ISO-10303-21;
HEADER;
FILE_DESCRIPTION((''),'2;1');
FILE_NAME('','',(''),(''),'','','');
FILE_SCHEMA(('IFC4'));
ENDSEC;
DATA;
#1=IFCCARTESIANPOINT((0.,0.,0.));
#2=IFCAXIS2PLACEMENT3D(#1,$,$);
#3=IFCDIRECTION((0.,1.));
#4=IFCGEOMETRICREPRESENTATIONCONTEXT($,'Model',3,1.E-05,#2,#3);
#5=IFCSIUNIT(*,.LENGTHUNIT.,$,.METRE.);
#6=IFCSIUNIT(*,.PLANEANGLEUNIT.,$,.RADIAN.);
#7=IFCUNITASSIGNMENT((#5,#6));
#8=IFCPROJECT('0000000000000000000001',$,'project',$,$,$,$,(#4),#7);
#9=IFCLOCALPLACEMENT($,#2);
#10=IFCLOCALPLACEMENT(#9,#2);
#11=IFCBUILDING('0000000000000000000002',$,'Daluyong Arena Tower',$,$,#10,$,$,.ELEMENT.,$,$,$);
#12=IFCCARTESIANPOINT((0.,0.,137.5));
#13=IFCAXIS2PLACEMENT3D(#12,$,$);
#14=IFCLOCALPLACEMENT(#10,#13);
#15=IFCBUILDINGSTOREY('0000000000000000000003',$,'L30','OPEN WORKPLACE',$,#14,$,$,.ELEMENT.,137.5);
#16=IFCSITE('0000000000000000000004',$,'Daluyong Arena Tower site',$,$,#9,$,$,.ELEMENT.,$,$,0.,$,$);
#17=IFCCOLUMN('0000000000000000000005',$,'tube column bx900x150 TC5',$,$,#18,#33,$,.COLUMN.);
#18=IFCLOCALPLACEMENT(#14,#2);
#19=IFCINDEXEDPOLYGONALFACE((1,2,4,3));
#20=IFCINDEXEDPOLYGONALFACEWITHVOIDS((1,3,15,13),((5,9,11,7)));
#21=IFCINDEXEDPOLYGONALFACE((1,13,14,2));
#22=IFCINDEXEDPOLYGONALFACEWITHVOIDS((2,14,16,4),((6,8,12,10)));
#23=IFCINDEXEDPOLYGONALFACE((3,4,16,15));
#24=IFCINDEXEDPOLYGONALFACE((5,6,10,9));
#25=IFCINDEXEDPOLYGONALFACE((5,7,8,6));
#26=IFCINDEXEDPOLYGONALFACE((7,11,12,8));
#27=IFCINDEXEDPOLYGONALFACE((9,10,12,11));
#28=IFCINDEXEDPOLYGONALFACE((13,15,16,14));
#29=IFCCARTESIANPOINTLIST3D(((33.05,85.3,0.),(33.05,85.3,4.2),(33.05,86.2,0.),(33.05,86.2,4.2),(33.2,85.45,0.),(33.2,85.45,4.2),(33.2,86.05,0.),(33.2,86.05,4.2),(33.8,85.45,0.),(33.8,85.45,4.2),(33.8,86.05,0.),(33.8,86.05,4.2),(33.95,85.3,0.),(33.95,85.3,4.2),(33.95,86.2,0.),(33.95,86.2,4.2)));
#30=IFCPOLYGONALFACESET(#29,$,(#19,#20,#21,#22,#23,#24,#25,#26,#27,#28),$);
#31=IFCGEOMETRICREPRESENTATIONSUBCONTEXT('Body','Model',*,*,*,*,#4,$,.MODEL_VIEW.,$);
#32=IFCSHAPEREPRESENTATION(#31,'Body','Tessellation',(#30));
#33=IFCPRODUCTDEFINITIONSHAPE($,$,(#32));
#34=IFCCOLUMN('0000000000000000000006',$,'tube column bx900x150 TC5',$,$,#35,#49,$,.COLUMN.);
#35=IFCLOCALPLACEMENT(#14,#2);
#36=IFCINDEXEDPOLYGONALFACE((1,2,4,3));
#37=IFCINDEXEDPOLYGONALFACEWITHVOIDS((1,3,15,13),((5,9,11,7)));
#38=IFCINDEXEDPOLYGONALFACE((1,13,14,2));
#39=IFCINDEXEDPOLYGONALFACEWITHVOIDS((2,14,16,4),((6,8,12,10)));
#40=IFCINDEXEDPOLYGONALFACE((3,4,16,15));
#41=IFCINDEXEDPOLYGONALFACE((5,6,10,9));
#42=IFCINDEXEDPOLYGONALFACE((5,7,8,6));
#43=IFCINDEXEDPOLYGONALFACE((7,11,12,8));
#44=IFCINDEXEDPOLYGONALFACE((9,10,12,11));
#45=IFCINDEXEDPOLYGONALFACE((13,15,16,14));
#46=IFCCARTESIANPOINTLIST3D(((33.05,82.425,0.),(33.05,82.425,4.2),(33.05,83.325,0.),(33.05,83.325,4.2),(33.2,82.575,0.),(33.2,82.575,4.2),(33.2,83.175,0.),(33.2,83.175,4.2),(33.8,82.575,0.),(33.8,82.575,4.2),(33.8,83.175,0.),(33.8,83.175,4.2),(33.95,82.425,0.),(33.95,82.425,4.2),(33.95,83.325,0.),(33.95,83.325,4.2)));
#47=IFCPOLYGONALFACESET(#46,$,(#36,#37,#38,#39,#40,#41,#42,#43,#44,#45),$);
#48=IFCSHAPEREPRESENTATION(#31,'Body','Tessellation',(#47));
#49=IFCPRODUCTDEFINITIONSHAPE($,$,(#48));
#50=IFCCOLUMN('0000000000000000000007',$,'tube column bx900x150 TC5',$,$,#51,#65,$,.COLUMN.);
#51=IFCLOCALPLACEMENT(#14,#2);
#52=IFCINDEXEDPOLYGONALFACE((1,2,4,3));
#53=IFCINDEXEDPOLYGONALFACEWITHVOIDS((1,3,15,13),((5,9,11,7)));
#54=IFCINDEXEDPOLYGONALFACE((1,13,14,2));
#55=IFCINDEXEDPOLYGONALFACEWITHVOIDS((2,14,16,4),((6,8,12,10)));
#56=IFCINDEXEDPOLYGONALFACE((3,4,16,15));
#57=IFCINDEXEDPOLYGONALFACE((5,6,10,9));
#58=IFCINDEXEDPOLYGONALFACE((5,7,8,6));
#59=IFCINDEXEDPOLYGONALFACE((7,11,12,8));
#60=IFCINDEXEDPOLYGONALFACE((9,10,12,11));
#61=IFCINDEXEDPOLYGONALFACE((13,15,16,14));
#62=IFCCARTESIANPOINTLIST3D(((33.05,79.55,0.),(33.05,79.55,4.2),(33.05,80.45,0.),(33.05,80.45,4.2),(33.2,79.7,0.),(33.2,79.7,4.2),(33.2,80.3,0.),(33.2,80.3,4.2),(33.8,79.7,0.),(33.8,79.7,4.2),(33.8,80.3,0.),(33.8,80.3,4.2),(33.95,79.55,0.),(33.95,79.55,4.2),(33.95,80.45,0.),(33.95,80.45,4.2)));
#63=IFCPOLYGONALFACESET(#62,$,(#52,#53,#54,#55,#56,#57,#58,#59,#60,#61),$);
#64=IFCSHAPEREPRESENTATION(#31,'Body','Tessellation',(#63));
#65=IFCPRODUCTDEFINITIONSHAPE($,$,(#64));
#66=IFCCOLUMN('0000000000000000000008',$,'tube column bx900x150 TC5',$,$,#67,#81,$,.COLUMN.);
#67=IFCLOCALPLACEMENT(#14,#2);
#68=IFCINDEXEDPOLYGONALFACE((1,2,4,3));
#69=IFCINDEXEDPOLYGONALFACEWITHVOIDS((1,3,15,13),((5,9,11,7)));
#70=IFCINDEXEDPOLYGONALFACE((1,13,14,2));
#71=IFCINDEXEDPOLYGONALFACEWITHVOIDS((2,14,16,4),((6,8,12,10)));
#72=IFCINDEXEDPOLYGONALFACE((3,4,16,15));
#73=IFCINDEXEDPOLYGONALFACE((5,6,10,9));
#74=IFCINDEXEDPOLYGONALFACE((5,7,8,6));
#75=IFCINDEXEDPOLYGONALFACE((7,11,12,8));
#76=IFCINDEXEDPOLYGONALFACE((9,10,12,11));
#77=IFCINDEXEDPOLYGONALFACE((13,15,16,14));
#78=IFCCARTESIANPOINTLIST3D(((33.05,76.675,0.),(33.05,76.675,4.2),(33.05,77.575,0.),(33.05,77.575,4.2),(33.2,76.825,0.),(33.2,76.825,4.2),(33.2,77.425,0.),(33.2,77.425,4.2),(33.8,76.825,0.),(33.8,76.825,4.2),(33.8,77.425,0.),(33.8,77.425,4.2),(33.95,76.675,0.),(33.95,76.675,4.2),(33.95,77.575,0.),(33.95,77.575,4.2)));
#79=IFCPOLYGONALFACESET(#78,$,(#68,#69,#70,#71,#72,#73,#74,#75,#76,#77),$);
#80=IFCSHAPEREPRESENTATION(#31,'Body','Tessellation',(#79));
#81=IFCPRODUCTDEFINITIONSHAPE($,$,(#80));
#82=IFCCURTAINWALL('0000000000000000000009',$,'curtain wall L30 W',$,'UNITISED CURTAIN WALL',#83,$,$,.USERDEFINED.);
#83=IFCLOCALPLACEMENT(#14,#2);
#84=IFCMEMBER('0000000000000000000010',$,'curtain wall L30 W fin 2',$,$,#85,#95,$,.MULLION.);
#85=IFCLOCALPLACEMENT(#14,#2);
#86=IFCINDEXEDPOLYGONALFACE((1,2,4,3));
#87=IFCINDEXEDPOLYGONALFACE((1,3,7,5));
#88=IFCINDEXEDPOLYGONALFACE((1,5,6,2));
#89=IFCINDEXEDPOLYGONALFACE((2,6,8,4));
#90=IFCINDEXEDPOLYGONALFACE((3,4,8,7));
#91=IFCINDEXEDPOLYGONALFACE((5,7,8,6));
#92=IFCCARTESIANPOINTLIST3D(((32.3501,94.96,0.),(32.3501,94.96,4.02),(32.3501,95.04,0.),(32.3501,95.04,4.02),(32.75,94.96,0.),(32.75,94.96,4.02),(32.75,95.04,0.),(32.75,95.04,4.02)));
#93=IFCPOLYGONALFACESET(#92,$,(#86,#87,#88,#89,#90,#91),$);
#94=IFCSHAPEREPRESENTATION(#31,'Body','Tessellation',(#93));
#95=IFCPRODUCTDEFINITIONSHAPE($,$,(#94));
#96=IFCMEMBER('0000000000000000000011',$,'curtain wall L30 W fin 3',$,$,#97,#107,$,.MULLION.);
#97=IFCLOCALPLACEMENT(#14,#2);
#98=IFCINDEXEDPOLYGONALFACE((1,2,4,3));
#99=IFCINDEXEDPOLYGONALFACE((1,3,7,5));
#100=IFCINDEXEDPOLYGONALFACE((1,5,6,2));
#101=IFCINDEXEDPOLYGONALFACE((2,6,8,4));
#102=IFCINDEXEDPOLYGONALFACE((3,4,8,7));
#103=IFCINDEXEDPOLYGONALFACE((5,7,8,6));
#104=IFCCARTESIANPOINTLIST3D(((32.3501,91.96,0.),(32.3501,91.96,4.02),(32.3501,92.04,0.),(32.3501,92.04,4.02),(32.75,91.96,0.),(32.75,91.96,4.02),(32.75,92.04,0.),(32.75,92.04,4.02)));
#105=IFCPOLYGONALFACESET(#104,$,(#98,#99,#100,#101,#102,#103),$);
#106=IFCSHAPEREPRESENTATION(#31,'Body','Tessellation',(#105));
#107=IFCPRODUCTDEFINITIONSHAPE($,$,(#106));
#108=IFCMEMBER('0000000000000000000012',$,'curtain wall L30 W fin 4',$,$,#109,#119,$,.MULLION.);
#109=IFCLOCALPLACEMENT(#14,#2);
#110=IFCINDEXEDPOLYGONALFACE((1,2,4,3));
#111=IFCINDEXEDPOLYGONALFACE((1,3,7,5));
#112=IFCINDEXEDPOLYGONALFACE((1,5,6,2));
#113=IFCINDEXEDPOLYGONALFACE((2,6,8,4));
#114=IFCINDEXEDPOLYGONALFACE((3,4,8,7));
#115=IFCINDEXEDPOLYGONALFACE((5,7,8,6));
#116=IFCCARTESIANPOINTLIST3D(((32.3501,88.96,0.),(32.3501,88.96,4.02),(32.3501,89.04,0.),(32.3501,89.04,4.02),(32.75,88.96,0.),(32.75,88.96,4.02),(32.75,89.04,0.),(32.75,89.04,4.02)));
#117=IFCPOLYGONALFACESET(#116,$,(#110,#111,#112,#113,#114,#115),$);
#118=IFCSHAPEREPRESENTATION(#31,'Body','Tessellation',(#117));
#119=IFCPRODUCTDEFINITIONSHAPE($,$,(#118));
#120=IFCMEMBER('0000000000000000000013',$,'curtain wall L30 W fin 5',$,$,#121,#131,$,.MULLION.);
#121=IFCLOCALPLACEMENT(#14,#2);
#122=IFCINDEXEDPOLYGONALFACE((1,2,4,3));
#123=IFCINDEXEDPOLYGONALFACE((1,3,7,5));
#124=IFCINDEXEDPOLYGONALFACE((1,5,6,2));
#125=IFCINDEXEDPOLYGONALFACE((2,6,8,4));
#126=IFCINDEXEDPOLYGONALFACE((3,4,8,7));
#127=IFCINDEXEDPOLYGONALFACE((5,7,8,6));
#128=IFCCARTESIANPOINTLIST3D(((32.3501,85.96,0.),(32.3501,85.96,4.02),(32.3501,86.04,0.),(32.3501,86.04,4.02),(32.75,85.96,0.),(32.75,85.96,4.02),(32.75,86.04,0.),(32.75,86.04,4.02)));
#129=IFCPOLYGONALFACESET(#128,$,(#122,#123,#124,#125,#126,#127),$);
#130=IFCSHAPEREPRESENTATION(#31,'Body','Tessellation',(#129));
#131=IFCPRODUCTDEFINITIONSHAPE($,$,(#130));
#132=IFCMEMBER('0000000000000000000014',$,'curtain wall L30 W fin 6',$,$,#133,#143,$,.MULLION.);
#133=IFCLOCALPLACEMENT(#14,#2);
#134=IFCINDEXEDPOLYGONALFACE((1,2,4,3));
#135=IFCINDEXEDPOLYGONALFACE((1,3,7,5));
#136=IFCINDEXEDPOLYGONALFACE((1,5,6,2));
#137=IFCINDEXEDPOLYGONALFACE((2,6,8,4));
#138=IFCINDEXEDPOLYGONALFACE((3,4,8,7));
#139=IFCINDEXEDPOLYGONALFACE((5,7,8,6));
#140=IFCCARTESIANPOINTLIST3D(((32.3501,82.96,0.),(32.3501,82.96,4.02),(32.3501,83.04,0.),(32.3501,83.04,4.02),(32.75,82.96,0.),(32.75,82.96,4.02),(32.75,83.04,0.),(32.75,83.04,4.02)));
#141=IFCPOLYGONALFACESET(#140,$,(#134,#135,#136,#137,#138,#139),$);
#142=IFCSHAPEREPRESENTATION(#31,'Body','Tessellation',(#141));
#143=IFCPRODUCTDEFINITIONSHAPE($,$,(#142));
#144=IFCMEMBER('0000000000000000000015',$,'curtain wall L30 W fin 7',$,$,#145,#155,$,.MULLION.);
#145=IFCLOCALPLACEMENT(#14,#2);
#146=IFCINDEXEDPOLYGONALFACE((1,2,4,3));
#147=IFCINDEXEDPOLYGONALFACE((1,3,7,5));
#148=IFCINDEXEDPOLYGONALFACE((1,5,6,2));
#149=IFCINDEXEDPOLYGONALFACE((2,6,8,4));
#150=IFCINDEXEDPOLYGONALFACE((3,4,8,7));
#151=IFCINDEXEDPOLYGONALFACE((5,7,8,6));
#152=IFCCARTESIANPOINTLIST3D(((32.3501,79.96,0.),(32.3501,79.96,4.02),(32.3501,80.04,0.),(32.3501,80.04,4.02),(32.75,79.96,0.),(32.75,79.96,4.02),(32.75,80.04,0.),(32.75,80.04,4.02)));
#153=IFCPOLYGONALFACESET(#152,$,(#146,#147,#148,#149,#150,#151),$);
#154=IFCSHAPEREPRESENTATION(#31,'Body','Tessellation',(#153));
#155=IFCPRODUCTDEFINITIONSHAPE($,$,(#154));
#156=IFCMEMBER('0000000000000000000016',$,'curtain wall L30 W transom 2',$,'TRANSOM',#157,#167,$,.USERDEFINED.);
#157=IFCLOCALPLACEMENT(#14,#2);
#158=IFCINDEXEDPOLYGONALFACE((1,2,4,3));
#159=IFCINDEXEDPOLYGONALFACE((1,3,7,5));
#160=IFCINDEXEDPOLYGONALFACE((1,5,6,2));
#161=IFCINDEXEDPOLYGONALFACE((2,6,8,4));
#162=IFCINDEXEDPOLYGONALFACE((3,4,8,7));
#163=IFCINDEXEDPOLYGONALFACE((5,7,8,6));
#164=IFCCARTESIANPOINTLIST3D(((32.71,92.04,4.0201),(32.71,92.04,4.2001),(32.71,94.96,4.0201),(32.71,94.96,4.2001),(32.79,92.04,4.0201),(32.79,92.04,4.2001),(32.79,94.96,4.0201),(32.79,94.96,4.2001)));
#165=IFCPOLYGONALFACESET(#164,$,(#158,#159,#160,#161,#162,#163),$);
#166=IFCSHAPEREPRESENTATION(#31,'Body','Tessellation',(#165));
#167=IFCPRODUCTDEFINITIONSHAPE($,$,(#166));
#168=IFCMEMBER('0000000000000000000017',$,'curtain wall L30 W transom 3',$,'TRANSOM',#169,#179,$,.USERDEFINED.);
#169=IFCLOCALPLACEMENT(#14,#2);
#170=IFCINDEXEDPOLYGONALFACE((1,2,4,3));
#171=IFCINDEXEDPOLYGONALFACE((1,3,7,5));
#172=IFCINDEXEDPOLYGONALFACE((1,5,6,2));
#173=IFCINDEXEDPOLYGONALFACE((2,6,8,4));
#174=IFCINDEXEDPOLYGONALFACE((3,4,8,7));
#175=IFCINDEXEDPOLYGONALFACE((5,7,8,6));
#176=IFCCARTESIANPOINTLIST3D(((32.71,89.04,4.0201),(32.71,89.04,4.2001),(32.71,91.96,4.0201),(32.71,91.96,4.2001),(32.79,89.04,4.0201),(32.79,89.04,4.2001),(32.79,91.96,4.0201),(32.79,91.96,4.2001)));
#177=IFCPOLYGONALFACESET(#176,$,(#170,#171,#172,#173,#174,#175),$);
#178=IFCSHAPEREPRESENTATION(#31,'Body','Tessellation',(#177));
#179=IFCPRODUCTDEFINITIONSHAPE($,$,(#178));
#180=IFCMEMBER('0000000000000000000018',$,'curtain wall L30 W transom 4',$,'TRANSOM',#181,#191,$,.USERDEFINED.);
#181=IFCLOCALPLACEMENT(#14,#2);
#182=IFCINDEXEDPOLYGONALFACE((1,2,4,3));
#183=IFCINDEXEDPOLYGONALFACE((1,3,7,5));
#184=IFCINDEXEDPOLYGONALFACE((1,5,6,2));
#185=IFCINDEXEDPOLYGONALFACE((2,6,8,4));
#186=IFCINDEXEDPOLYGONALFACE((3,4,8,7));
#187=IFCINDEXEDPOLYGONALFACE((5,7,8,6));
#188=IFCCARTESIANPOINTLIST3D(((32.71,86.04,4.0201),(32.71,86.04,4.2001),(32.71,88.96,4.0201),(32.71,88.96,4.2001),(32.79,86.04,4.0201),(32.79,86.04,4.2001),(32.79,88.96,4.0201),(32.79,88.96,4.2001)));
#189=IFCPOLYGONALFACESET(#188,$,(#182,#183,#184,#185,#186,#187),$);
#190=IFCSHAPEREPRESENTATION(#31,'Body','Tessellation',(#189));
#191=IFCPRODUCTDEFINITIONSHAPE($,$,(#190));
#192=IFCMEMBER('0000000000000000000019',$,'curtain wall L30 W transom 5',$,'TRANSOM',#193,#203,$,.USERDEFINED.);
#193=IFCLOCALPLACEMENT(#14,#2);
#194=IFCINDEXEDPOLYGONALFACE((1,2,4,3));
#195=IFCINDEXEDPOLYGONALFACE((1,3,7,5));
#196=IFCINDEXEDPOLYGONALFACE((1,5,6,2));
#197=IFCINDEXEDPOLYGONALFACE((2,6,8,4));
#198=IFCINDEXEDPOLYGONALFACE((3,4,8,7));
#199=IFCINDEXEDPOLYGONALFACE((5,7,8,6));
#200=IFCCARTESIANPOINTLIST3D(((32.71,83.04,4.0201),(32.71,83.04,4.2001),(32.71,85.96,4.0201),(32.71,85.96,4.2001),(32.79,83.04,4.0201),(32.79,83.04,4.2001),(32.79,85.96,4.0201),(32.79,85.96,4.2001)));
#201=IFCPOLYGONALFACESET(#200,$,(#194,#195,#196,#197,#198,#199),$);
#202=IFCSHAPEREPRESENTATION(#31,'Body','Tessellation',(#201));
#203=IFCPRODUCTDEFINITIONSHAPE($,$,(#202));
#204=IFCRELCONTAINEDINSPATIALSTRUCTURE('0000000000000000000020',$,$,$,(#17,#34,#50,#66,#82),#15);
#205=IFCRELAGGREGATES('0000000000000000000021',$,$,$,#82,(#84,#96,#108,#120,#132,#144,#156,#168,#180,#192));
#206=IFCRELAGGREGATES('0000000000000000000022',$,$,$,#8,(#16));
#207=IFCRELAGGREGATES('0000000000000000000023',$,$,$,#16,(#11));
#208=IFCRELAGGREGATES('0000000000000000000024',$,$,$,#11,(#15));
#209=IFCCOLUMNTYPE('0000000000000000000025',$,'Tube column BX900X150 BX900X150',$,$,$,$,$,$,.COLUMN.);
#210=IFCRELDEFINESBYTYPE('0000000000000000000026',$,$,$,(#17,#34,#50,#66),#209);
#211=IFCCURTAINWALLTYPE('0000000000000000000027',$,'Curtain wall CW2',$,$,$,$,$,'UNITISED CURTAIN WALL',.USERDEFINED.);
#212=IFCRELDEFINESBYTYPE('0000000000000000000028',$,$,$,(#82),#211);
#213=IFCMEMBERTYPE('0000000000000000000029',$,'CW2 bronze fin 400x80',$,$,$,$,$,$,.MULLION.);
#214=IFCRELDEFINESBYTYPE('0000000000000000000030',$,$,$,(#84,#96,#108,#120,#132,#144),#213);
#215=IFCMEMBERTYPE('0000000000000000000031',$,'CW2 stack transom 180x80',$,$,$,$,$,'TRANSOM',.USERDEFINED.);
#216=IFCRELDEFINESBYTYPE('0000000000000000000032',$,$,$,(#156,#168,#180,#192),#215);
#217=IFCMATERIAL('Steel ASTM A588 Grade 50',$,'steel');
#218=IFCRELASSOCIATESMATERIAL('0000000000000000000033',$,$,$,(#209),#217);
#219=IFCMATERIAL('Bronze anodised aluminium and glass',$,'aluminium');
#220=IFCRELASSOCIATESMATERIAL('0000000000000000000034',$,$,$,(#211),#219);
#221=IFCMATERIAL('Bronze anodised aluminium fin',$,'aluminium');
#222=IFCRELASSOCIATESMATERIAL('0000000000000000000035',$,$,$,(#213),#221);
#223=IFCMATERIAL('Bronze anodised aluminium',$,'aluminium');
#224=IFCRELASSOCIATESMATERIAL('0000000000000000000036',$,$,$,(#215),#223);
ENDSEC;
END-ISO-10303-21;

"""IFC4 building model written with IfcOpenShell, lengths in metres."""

from ifc_helpers import new_model, si_unit, direction, frame, origin, origin_2d, place, context, subcontext, project, spatial, rectangle, hollow_rectangle, extrude, material, material_profile, profile_set, type_object, element, aggregate, save


model = new_model("IFC4")

# Units and contexts
model_context = context("Model", 3, precision=1e-05, world=origin(), true_north=direction((0.0, 1.0)))
body_context = subcontext(model_context, "Body", "Model", "MODEL_VIEW")
ifc_project = project(units=[si_unit("LENGTHUNIT", "METRE"), si_unit("PLANEANGLEUNIT", "RADIAN")], contexts=[model_context])

# Site, building, storey
site_placement = place(None, origin())
site = spatial("IfcSite", under=ifc_project, at=site_placement, Name="Daluyong Arena Tower site", CompositionType="ELEMENT", RefElevation=0.0)
building_placement = place(site_placement, origin())
building = spatial("IfcBuilding", under=site, at=building_placement, Name="Daluyong Arena Tower", CompositionType="ELEMENT")
storey_placement = place(building_placement, frame((0.0, 0.0, 137.5)))
storey = spatial("IfcBuildingStorey", under=building, at=storey_placement, Name="L30", Description="OPEN WORKPLACE", CompositionType="ELEMENT", Elevation=137.5)

# Columns
ifc_material_1 = material(Name="Steel ASTM A588 Grade 50", Category="steel")
ifc_material_profile_1 = material_profile(ifc_material_1, hollow_rectangle(XDim=0.8999, YDim=0.8999, WallThickness=0.15, at=origin_2d()))
ifc_profile_set_1 = profile_set([ifc_material_profile_1], Name="Steel ASTM A588 Grade 50")
column_type = type_object("IfcColumnType", Name="Tube column BX900X150 BX900X150", PredefinedType="COLUMN", material=ifc_profile_set_1)
for number, where, z_axis, x_axis, name in (
    (1, (33.5, 85.75, 0.0), (0.0, 0.0, 1.0), (0.0, 1.0, 0.0), "tube column bx900x150 TC5"),
    (2, (33.5, 82.875, 0.0), (0.0, 0.0, 1.0), (0.0, 1.0, 0.0), "tube column bx900x150 TC5"),
    (3, (33.5, 80.0, 0.0), (0.0, 0.0, 1.0), (0.0, 1.0, 0.0), "tube column bx900x150 TC5"),
    (4, (33.5, 77.125, 0.0), (0.0, 0.0, 1.0), (0.0, 1.0, 0.0), "tube column bx900x150 TC5"),
):
    element("IfcColumn", number, at=place(storey_placement, frame(where, z_axis=z_axis, x_axis=x_axis)), inside=storey, type_object=column_type, Name=name, PredefinedType="COLUMN", context=body_context, shape_type="SweptSolid", body=[
        extrude(hollow_rectangle(XDim=0.8999, YDim=0.8999, WallThickness=0.15, at=origin_2d()), origin(), (0.0, 0.0, 1.0), 4.2),
    ])

# Curtain wall, members
ifc_material_2 = material(Name="Bronze anodised aluminium and glass", Category="aluminium")
curtain_wall_type = type_object("IfcCurtainWallType", Name="Curtain wall CW2", ElementType="UNITISED CURTAIN WALL", PredefinedType="USERDEFINED", material=ifc_material_2)
curtain_wall_placement = place(storey_placement, origin())
curtain_wall = element("IfcCurtainWall", 5, at=curtain_wall_placement, inside=storey, type_object=curtain_wall_type, Name="curtain wall L30 W", ObjectType="UNITISED CURTAIN WALL", PredefinedType="USERDEFINED")
ifc_material_3 = material(Name="Bronze anodised aluminium fin", Category="aluminium")
ifc_material_profile_2 = material_profile(ifc_material_3, rectangle(XDim=0.3999, YDim=0.0801, at=origin_2d()))
ifc_profile_set_2 = profile_set([ifc_material_profile_2], Name="Bronze anodised aluminium fin")
member_type_1 = type_object("IfcMemberType", Name="CW2 bronze fin 400x80", PredefinedType="MULLION", material=ifc_profile_set_2)
member_1_placement = place(storey_placement, frame((32.55, 95.0, 0.0), z_axis=(0.0, 0.0, 1.0), x_axis=(1.0, 0.0, 0.0)))
member_1 = element("IfcMember", 6, at=member_1_placement, type_object=member_type_1, Name="curtain wall L30 W fin 2", PredefinedType="MULLION", context=body_context, shape_type="SweptSolid", body=[
    extrude(rectangle(XDim=0.3999, YDim=0.0801, at=origin_2d()), origin(), (0.0, 0.0, 1.0), 4.02),
])
member_2_placement = place(storey_placement, frame((32.55, 92.0, 0.0), z_axis=(0.0, 0.0, 1.0), x_axis=(1.0, 0.0, 0.0)))
member_2 = element("IfcMember", 7, at=member_2_placement, type_object=member_type_1, Name="curtain wall L30 W fin 3", PredefinedType="MULLION", context=body_context, shape_type="SweptSolid", body=[
    extrude(rectangle(XDim=0.3999, YDim=0.0801, at=origin_2d()), origin(), (0.0, 0.0, 1.0), 4.02),
])
member_3_placement = place(storey_placement, frame((32.55, 89.0, 0.0), z_axis=(0.0, 0.0, 1.0), x_axis=(1.0, 0.0, 0.0)))
member_3 = element("IfcMember", 8, at=member_3_placement, type_object=member_type_1, Name="curtain wall L30 W fin 4", PredefinedType="MULLION", context=body_context, shape_type="SweptSolid", body=[
    extrude(rectangle(XDim=0.3999, YDim=0.0801, at=origin_2d()), origin(), (0.0, 0.0, 1.0), 4.02),
])
member_4_placement = place(storey_placement, frame((32.55, 86.0, 0.0), z_axis=(0.0, 0.0, 1.0), x_axis=(1.0, 0.0, 0.0)))
member_4 = element("IfcMember", 9, at=member_4_placement, type_object=member_type_1, Name="curtain wall L30 W fin 5", PredefinedType="MULLION", context=body_context, shape_type="SweptSolid", body=[
    extrude(rectangle(XDim=0.3999, YDim=0.0801, at=origin_2d()), origin(), (0.0, 0.0, 1.0), 4.02),
])
member_5_placement = place(storey_placement, frame((32.55, 83.0, 0.0), z_axis=(0.0, 0.0, 1.0), x_axis=(1.0, 0.0, 0.0)))
member_5 = element("IfcMember", 10, at=member_5_placement, type_object=member_type_1, Name="curtain wall L30 W fin 6", PredefinedType="MULLION", context=body_context, shape_type="SweptSolid", body=[
    extrude(rectangle(XDim=0.3999, YDim=0.0801, at=origin_2d()), origin(), (0.0, 0.0, 1.0), 4.02),
])
member_6_placement = place(storey_placement, frame((32.55, 80.0, 0.0), z_axis=(0.0, 0.0, 1.0), x_axis=(1.0, 0.0, 0.0)))
member_6 = element("IfcMember", 11, at=member_6_placement, type_object=member_type_1, Name="curtain wall L30 W fin 7", PredefinedType="MULLION", context=body_context, shape_type="SweptSolid", body=[
    extrude(rectangle(XDim=0.3999, YDim=0.0801, at=origin_2d()), origin(), (0.0, 0.0, 1.0), 4.02),
])
ifc_material_4 = material(Name="Bronze anodised aluminium", Category="aluminium")
ifc_material_profile_3 = material_profile(ifc_material_4, rectangle(XDim=0.0801, YDim=0.1799, at=origin_2d()))
ifc_profile_set_3 = profile_set([ifc_material_profile_3], Name="Bronze anodised aluminium")
member_type_2 = type_object("IfcMemberType", Name="CW2 stack transom 180x80", ElementType="TRANSOM", PredefinedType="USERDEFINED", material=ifc_profile_set_3)
member_7_placement = place(storey_placement, frame((32.75, 94.96, 4.1101), z_axis=(0.0, -1.0, 0.0), x_axis=(1.0, 0.0, 0.0)))
member_7 = element("IfcMember", 12, at=member_7_placement, type_object=member_type_2, Name="curtain wall L30 W transom 2", ObjectType="TRANSOM", PredefinedType="USERDEFINED", context=body_context, shape_type="SweptSolid", body=[
    extrude(rectangle(XDim=0.0801, YDim=0.1799, at=origin_2d()), origin(), (0.0, 0.0, 1.0), 2.9199),
])
member_8_placement = place(storey_placement, frame((32.75, 91.96, 4.1101), z_axis=(0.0, -1.0, 0.0), x_axis=(1.0, 0.0, 0.0)))
member_8 = element("IfcMember", 13, at=member_8_placement, type_object=member_type_2, Name="curtain wall L30 W transom 3", ObjectType="TRANSOM", PredefinedType="USERDEFINED", context=body_context, shape_type="SweptSolid", body=[
    extrude(rectangle(XDim=0.0801, YDim=0.1799, at=origin_2d()), origin(), (0.0, 0.0, 1.0), 2.9199),
])
member_9_placement = place(storey_placement, frame((32.75, 88.96, 4.1101), z_axis=(0.0, -1.0, 0.0), x_axis=(1.0, 0.0, 0.0)))
member_9 = element("IfcMember", 14, at=member_9_placement, type_object=member_type_2, Name="curtain wall L30 W transom 4", ObjectType="TRANSOM", PredefinedType="USERDEFINED", context=body_context, shape_type="SweptSolid", body=[
    extrude(rectangle(XDim=0.0801, YDim=0.1799, at=origin_2d()), origin(), (0.0, 0.0, 1.0), 2.9199),
])
member_10_placement = place(storey_placement, frame((32.75, 85.96, 4.1101), z_axis=(0.0, -1.0, 0.0), x_axis=(1.0, 0.0, 0.0)))
member_10 = element("IfcMember", 15, at=member_10_placement, type_object=member_type_2, Name="curtain wall L30 W transom 5", ObjectType="TRANSOM", PredefinedType="USERDEFINED", context=body_context, shape_type="SweptSolid", body=[
    extrude(rectangle(XDim=0.0801, YDim=0.1799, at=origin_2d()), origin(), (0.0, 0.0, 1.0), 2.9199),
])

aggregate(curtain_wall, [member_1, member_2, member_3, member_4, member_5, member_6, member_7, member_8, member_9, member_10])

save(model, "model.ifc")
